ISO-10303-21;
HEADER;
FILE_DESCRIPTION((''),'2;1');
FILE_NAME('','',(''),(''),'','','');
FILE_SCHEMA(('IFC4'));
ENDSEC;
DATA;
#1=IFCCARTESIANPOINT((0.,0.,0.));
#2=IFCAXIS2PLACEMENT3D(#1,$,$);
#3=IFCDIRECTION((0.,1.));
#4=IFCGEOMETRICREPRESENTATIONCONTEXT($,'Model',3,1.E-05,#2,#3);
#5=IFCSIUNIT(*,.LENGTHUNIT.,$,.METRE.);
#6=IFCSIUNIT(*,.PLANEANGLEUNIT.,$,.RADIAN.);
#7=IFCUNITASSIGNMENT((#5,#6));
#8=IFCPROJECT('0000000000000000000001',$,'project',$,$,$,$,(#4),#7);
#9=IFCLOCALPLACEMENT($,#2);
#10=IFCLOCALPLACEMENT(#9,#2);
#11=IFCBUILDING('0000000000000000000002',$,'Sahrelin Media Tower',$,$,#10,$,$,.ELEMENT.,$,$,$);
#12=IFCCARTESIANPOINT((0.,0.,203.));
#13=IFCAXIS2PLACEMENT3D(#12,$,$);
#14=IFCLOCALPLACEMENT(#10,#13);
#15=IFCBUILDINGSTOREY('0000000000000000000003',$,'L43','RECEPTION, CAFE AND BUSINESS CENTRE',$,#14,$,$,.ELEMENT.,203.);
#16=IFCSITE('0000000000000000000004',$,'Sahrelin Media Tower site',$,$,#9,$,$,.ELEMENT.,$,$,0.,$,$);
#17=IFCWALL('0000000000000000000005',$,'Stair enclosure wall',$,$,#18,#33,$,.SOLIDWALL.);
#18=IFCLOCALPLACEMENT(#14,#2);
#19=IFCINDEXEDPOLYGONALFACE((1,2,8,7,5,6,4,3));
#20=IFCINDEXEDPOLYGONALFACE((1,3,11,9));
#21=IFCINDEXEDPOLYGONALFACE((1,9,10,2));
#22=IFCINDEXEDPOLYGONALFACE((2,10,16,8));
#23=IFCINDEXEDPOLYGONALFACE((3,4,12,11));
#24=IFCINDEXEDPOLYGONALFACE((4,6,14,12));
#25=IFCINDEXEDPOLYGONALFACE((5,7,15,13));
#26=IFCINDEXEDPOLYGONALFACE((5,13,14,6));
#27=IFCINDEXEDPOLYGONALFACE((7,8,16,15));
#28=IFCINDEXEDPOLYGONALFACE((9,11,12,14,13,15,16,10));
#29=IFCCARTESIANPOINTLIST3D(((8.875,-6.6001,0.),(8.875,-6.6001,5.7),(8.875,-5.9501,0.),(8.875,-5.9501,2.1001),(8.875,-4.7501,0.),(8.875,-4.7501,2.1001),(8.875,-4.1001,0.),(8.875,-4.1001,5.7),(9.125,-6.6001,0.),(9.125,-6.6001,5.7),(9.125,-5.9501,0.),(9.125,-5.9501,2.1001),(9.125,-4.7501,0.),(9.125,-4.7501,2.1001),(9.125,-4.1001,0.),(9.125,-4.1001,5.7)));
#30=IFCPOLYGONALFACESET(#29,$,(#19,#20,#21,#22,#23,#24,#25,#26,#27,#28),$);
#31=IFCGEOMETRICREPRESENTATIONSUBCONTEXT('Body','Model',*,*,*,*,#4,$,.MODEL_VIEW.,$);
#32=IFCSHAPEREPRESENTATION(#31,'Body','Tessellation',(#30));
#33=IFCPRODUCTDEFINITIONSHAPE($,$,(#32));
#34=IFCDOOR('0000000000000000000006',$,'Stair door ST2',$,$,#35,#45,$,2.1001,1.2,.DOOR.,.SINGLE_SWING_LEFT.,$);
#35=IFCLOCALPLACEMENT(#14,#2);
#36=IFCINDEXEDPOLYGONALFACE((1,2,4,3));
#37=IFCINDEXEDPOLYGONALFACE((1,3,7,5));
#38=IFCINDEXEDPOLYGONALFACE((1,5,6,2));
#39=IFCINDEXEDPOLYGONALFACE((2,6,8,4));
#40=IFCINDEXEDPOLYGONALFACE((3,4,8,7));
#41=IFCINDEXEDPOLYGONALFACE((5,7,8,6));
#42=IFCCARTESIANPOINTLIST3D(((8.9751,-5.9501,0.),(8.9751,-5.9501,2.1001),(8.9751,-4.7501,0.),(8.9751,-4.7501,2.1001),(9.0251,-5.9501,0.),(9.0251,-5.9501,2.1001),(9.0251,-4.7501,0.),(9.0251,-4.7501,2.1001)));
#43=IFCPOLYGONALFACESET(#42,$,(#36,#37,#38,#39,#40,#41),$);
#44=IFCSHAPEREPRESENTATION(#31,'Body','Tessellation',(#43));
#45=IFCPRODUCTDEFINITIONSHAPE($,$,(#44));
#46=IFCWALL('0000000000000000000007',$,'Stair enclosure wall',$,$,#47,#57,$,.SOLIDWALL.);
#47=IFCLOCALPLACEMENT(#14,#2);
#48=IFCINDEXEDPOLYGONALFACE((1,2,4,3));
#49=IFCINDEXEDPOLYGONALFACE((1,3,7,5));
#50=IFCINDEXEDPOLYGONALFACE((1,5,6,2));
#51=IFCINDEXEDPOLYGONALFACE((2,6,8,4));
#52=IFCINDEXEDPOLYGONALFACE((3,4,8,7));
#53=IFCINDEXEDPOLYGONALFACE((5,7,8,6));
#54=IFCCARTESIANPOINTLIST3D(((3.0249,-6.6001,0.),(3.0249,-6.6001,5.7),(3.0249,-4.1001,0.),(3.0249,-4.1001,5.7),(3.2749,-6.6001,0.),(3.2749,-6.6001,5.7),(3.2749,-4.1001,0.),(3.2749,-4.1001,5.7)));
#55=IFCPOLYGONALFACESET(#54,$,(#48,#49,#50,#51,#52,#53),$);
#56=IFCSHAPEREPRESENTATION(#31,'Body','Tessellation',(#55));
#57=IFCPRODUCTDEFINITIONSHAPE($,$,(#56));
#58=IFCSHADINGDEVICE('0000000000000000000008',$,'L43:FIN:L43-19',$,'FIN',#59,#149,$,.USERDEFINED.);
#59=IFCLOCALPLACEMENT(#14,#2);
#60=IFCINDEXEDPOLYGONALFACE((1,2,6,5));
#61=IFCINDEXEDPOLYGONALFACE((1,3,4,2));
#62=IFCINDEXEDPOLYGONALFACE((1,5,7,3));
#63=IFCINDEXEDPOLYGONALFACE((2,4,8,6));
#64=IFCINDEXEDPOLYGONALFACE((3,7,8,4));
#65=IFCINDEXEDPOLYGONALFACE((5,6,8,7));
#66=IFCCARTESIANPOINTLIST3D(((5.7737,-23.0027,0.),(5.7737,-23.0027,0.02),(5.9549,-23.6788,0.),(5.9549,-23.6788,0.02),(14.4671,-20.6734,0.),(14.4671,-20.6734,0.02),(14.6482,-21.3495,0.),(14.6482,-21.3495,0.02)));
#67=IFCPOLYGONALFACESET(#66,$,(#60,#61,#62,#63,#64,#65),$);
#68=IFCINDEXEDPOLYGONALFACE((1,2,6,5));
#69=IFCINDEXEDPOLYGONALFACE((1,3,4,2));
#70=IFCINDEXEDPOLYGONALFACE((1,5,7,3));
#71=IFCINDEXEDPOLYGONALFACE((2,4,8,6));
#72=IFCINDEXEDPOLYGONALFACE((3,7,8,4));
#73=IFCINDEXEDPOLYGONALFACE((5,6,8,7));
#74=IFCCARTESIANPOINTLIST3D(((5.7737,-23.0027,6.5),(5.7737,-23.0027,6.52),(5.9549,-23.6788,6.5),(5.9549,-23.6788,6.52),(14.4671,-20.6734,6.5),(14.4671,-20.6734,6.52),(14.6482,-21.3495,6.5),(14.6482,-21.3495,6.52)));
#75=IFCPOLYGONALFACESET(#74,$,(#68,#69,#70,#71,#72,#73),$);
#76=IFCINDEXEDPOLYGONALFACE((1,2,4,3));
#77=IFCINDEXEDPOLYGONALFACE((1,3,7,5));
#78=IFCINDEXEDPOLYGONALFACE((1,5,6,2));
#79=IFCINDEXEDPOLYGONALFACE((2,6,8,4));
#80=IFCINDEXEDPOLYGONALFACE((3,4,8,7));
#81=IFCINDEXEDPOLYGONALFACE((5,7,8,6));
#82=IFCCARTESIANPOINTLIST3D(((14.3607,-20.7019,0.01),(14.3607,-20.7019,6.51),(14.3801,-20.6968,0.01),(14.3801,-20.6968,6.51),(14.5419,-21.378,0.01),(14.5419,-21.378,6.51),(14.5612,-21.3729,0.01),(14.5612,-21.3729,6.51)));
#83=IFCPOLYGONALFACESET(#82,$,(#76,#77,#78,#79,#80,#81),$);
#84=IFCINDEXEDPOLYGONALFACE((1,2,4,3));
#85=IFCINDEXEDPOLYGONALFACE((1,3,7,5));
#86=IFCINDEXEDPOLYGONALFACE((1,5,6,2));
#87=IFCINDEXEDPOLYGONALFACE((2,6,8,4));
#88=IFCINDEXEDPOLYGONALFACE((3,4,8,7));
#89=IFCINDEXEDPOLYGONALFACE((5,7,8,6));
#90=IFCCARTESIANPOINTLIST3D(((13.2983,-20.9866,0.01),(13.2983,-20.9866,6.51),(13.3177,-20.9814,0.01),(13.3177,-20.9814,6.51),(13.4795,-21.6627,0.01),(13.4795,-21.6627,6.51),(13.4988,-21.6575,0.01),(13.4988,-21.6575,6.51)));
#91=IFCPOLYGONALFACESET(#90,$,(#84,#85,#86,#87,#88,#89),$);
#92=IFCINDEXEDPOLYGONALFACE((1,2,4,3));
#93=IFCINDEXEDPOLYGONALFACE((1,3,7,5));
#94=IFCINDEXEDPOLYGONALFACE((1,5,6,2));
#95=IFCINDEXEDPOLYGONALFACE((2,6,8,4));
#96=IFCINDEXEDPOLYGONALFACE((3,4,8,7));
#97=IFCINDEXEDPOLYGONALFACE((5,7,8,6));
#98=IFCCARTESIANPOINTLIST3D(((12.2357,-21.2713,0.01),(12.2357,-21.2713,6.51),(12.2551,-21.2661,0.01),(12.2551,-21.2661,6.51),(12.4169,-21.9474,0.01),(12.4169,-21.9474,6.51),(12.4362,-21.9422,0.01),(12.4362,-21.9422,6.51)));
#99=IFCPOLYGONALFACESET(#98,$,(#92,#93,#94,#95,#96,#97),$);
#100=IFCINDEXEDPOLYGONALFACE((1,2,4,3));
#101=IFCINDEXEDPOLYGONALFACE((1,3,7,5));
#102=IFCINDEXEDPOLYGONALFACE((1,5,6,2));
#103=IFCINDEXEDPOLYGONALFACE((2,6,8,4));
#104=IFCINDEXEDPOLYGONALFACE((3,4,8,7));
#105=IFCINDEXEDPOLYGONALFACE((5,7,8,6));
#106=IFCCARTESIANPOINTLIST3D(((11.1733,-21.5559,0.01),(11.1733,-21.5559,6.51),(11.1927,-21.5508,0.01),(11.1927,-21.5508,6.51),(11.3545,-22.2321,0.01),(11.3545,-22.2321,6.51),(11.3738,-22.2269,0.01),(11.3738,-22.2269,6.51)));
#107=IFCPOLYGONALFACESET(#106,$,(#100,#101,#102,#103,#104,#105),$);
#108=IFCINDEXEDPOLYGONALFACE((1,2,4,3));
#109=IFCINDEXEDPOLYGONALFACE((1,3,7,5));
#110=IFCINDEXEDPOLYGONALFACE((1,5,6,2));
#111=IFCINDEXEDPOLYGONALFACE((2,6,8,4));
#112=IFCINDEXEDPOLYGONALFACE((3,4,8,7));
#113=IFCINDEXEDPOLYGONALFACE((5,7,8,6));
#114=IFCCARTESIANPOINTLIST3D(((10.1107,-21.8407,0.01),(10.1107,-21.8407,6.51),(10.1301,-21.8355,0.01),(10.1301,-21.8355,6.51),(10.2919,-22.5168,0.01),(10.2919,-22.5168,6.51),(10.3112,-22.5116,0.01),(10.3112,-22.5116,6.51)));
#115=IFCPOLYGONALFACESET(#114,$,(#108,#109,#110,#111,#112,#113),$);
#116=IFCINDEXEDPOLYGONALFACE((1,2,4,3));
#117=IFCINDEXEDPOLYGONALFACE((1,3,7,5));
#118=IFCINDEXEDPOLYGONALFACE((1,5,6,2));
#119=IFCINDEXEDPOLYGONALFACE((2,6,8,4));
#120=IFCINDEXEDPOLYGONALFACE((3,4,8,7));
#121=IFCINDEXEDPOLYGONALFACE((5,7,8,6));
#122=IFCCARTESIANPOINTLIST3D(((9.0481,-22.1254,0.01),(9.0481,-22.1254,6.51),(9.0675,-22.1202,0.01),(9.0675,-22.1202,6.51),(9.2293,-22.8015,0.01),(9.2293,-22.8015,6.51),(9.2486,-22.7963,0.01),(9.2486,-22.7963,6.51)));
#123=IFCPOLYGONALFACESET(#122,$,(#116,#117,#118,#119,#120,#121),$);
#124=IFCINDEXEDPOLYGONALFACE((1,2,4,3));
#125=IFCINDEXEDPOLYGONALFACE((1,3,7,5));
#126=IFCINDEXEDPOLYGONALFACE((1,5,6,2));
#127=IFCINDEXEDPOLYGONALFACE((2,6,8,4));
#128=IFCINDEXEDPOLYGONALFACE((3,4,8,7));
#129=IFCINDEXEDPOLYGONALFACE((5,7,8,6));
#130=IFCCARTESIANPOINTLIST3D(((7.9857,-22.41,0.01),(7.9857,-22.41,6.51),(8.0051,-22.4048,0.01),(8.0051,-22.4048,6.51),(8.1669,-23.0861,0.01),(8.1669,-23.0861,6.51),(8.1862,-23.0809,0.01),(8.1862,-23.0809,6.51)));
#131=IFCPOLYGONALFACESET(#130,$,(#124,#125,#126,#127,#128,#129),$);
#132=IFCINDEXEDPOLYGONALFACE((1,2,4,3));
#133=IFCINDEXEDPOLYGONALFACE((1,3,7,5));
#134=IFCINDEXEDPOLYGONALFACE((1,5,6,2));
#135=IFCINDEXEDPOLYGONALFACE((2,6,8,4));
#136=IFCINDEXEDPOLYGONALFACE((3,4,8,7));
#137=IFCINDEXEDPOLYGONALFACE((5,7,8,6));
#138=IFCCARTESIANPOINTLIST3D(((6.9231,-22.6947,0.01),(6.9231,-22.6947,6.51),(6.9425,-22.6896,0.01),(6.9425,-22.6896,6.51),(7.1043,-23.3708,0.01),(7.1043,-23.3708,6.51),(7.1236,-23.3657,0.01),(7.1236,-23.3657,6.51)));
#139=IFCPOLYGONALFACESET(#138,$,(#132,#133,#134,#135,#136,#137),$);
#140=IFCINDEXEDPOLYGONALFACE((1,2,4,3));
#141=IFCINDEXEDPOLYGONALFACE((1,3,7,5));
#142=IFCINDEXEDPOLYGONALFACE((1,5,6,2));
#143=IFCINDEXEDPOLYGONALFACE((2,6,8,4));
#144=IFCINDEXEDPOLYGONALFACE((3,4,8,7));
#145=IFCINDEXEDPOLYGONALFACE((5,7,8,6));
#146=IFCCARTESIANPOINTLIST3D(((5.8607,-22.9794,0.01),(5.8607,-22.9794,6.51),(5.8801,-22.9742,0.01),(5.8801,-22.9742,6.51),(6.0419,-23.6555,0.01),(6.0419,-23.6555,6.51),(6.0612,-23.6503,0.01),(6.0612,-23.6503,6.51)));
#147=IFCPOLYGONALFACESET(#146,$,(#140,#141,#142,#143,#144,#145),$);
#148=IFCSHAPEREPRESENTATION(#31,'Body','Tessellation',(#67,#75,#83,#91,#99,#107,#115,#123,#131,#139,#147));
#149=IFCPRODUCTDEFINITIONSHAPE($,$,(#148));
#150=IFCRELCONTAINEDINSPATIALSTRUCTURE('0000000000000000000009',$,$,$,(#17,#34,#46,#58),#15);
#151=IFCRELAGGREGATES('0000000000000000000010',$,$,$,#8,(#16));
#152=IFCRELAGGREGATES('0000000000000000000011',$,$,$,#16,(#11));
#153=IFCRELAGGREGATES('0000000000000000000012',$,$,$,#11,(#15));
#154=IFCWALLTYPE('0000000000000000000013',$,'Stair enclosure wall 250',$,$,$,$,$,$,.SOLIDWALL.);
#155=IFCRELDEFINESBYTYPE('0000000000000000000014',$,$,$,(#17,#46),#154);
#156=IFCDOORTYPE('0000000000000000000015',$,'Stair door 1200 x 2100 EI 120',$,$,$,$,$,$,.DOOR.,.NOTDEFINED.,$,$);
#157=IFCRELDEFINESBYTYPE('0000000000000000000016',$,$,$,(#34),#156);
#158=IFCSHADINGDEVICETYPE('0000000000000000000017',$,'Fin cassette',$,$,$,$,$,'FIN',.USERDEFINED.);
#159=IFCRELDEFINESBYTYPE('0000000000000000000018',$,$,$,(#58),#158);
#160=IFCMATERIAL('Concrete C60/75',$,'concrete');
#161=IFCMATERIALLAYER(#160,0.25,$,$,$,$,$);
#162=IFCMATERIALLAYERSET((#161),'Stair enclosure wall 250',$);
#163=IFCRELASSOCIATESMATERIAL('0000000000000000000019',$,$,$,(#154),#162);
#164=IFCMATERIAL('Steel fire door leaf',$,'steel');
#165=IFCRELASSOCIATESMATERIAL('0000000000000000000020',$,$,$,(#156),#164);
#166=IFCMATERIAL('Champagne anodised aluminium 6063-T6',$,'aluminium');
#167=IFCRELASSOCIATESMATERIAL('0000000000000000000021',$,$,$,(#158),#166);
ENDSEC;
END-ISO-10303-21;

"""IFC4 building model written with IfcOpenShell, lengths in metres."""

from ifc_helpers import new_model, si_unit, direction, frame, frame_2d, origin, origin_2d, place, context, subcontext, project, spatial, rectangle, extrude, material, layer, layer_set, type_object, element, fill, save


model = new_model("IFC4")

# Units and contexts
model_context = context("Model", 3, precision=1e-05, world=origin(), true_north=direction((0.0, 1.0)))
body_context = subcontext(model_context, "Body", "Model", "MODEL_VIEW")
ifc_project = project(units=[si_unit("LENGTHUNIT", "METRE"), si_unit("PLANEANGLEUNIT", "RADIAN")], contexts=[model_context])

# Site, building, storey
site_placement = place(None, origin())
site = spatial("IfcSite", under=ifc_project, at=site_placement, Name="Sahrelin Media Tower site", CompositionType="ELEMENT", RefElevation=0.0)
building_placement = place(site_placement, origin())
building = spatial("IfcBuilding", under=site, at=building_placement, Name="Sahrelin Media Tower", CompositionType="ELEMENT")
storey_placement = place(building_placement, frame((0.0, 0.0, 203.0)))
storey = spatial("IfcBuildingStorey", under=building, at=storey_placement, Name="L43", Description="RECEPTION, CAFE AND BUSINESS CENTRE", CompositionType="ELEMENT", Elevation=203.0)

# Shared definitions
ifc_material_1 = material(Name="Champagne anodised aluminium 6063-T6", Category="aluminium")

# Shared definitions
ifc_material_2 = material(Name="Concrete C60/75", Category="concrete")
ifc_material_3 = material(Name="Steel fire door leaf", Category="steel")

# Wall, opening, door
ifc_layer_1 = layer(ifc_material_2, 0.25)
ifc_layer_set_1 = layer_set([ifc_layer_1], Name="Stair enclosure wall 250")
wall_type_1 = type_object("IfcWallType", Name="Stair enclosure wall 250", PredefinedType="SOLIDWALL", material=ifc_layer_set_1)
wall_1_placement = place(storey_placement, frame((9.0, -6.6001, 0.0), z_axis=(0.0, 0.0, 1.0), x_axis=(0.0, 1.0, 0.0)))
wall_1 = element("IfcWall", 1, at=wall_1_placement, inside=storey, type_object=wall_type_1, Name="Stair enclosure wall", PredefinedType="SOLIDWALL", context=body_context, shape_type="SweptSolid", body=[
    extrude(rectangle(XDim=2.5, YDim=0.25, at=frame_2d((1.25, 0.0))), origin(), (0.0, 0.0, 1.0), 5.7),
])
opening_1_placement = place(wall_1_placement, frame((0.6499, 0.0, 0.0)))
opening_1 = element("IfcOpeningElement", 2, at=opening_1_placement, cuts=wall_1, PredefinedType="OPENING", context=body_context, shape_type="SweptSolid", body=[
    extrude(rectangle(XDim=1.2, YDim=2.1001, at=frame_2d((0.6001, 1.05))), frame((0.0, 0.125, 0.0), z_axis=(0.0, -1.0, 0.0), x_axis=(1.0, 0.0, 0.0)), (0.0, 0.0, 1.0), 0.25),
])
door_type_1 = type_object("IfcDoorType", Name="Stair door 1200 x 2100 EI 120", OperationType="NOTDEFINED", PredefinedType="DOOR", material=ifc_material_3)
door_1_placement = place(opening_1_placement, origin())
door_1 = element("IfcDoor", 3, at=door_1_placement, inside=storey, type_object=door_type_1, Name="Stair door ST2", OperationType="SINGLE_SWING_LEFT", OverallHeight=2.1001, OverallWidth=1.2, PredefinedType="DOOR", context=body_context, shape_type="SweptSolid", body=[
    extrude(rectangle(XDim=1.2, YDim=2.1001, at=frame_2d((0.6001, 1.05))), frame((0.0, 0.0249, 0.0), z_axis=(0.0, -1.0, 0.0), x_axis=(1.0, 0.0, 0.0)), (0.0, 0.0, 1.0), 0.05),
])
fill(opening_1, door_1)

# Wall
wall_2_placement = place(storey_placement, frame((3.1499, -6.6001, 0.0), z_axis=(0.0, 0.0, 1.0), x_axis=(0.0, 1.0, 0.0)))
element("IfcWall", 4, at=wall_2_placement, inside=storey, type_object=wall_type_1, Name="Stair enclosure wall", PredefinedType="SOLIDWALL", context=body_context, shape_type="SweptSolid", body=[
    extrude(rectangle(XDim=2.5, YDim=0.25, at=frame_2d((1.25, 0.0))), origin(), (0.0, 0.0, 1.0), 5.7),
])

# Shading device
shading_device_type_1 = type_object("IfcShadingDeviceType", Name="Fin cassette", ElementType="FIN", PredefinedType="USERDEFINED", material=ifc_material_1)
placement = place(storey_placement, frame((10.1023, -21.7705, 0.0), z_axis=(0.0, 0.0, 1.0), x_axis=(-0.965929, -0.258808, 0.0)))
element("IfcShadingDevice", 5, at=placement, inside=storey, type_object=shading_device_type_1, Name="L43:FIN:L43-19", ObjectType="FIN", PredefinedType="USERDEFINED", context=body_context, shape_type="SweptSolid", body=[
    extrude(rectangle(XDim=9.0, YDim=0.7, at=origin_2d()), frame((0.0, 0.4199, 0.0)), (0.0, 0.0, 1.0), 0.02),
    extrude(rectangle(XDim=9.0, YDim=0.7, at=origin_2d()), frame((0.0, 0.4199, 6.5)), (0.0, 0.0, 1.0), 0.02),
    extrude(rectangle(XDim=0.02, YDim=0.7, at=origin_2d()), frame((-4.3999, 0.4199, 0.01), z_axis=(0.0, 0.0, 1.0), x_axis=(1.0, 0.0, 0.0)), (0.0, 0.0, 1.0), 6.5),
    extrude(rectangle(XDim=0.02, YDim=0.7, at=origin_2d()), frame((-3.3, 0.4199, 0.01), z_axis=(0.0, 0.0, 1.0), x_axis=(1.0, 0.0, 0.0)), (0.0, 0.0, 1.0), 6.5),
    extrude(rectangle(XDim=0.02, YDim=0.7, at=origin_2d()), frame((-2.2, 0.4199, 0.01), z_axis=(0.0, 0.0, 1.0), x_axis=(1.0, 0.0, 0.0)), (0.0, 0.0, 1.0), 6.5),
    extrude(rectangle(XDim=0.02, YDim=0.7, at=origin_2d()), frame((-1.1001, 0.4199, 0.01), z_axis=(0.0, 0.0, 1.0), x_axis=(1.0, 0.0, 0.0)), (0.0, 0.0, 1.0), 6.5),
    extrude(rectangle(XDim=0.02, YDim=0.7, at=origin_2d()), frame((0.0, 0.4199, 0.01), z_axis=(0.0, 0.0, 1.0), x_axis=(1.0, 0.0, 0.0)), (0.0, 0.0, 1.0), 6.5),
    extrude(rectangle(XDim=0.02, YDim=0.7, at=origin_2d()), frame((1.1001, 0.4199, 0.01), z_axis=(0.0, 0.0, 1.0), x_axis=(1.0, 0.0, 0.0)), (0.0, 0.0, 1.0), 6.5),
    extrude(rectangle(XDim=0.02, YDim=0.7, at=origin_2d()), frame((2.2, 0.4199, 0.01), z_axis=(0.0, 0.0, 1.0), x_axis=(1.0, 0.0, 0.0)), (0.0, 0.0, 1.0), 6.5),
    extrude(rectangle(XDim=0.02, YDim=0.7, at=origin_2d()), frame((3.3, 0.4199, 0.01), z_axis=(0.0, 0.0, 1.0), x_axis=(1.0, 0.0, 0.0)), (0.0, 0.0, 1.0), 6.5),
    extrude(rectangle(XDim=0.02, YDim=0.7, at=origin_2d()), frame((4.3999, 0.4199, 0.01), z_axis=(0.0, 0.0, 1.0), x_axis=(1.0, 0.0, 0.0)), (0.0, 0.0, 1.0), 6.5),
])

save(model, "model.ifc")
